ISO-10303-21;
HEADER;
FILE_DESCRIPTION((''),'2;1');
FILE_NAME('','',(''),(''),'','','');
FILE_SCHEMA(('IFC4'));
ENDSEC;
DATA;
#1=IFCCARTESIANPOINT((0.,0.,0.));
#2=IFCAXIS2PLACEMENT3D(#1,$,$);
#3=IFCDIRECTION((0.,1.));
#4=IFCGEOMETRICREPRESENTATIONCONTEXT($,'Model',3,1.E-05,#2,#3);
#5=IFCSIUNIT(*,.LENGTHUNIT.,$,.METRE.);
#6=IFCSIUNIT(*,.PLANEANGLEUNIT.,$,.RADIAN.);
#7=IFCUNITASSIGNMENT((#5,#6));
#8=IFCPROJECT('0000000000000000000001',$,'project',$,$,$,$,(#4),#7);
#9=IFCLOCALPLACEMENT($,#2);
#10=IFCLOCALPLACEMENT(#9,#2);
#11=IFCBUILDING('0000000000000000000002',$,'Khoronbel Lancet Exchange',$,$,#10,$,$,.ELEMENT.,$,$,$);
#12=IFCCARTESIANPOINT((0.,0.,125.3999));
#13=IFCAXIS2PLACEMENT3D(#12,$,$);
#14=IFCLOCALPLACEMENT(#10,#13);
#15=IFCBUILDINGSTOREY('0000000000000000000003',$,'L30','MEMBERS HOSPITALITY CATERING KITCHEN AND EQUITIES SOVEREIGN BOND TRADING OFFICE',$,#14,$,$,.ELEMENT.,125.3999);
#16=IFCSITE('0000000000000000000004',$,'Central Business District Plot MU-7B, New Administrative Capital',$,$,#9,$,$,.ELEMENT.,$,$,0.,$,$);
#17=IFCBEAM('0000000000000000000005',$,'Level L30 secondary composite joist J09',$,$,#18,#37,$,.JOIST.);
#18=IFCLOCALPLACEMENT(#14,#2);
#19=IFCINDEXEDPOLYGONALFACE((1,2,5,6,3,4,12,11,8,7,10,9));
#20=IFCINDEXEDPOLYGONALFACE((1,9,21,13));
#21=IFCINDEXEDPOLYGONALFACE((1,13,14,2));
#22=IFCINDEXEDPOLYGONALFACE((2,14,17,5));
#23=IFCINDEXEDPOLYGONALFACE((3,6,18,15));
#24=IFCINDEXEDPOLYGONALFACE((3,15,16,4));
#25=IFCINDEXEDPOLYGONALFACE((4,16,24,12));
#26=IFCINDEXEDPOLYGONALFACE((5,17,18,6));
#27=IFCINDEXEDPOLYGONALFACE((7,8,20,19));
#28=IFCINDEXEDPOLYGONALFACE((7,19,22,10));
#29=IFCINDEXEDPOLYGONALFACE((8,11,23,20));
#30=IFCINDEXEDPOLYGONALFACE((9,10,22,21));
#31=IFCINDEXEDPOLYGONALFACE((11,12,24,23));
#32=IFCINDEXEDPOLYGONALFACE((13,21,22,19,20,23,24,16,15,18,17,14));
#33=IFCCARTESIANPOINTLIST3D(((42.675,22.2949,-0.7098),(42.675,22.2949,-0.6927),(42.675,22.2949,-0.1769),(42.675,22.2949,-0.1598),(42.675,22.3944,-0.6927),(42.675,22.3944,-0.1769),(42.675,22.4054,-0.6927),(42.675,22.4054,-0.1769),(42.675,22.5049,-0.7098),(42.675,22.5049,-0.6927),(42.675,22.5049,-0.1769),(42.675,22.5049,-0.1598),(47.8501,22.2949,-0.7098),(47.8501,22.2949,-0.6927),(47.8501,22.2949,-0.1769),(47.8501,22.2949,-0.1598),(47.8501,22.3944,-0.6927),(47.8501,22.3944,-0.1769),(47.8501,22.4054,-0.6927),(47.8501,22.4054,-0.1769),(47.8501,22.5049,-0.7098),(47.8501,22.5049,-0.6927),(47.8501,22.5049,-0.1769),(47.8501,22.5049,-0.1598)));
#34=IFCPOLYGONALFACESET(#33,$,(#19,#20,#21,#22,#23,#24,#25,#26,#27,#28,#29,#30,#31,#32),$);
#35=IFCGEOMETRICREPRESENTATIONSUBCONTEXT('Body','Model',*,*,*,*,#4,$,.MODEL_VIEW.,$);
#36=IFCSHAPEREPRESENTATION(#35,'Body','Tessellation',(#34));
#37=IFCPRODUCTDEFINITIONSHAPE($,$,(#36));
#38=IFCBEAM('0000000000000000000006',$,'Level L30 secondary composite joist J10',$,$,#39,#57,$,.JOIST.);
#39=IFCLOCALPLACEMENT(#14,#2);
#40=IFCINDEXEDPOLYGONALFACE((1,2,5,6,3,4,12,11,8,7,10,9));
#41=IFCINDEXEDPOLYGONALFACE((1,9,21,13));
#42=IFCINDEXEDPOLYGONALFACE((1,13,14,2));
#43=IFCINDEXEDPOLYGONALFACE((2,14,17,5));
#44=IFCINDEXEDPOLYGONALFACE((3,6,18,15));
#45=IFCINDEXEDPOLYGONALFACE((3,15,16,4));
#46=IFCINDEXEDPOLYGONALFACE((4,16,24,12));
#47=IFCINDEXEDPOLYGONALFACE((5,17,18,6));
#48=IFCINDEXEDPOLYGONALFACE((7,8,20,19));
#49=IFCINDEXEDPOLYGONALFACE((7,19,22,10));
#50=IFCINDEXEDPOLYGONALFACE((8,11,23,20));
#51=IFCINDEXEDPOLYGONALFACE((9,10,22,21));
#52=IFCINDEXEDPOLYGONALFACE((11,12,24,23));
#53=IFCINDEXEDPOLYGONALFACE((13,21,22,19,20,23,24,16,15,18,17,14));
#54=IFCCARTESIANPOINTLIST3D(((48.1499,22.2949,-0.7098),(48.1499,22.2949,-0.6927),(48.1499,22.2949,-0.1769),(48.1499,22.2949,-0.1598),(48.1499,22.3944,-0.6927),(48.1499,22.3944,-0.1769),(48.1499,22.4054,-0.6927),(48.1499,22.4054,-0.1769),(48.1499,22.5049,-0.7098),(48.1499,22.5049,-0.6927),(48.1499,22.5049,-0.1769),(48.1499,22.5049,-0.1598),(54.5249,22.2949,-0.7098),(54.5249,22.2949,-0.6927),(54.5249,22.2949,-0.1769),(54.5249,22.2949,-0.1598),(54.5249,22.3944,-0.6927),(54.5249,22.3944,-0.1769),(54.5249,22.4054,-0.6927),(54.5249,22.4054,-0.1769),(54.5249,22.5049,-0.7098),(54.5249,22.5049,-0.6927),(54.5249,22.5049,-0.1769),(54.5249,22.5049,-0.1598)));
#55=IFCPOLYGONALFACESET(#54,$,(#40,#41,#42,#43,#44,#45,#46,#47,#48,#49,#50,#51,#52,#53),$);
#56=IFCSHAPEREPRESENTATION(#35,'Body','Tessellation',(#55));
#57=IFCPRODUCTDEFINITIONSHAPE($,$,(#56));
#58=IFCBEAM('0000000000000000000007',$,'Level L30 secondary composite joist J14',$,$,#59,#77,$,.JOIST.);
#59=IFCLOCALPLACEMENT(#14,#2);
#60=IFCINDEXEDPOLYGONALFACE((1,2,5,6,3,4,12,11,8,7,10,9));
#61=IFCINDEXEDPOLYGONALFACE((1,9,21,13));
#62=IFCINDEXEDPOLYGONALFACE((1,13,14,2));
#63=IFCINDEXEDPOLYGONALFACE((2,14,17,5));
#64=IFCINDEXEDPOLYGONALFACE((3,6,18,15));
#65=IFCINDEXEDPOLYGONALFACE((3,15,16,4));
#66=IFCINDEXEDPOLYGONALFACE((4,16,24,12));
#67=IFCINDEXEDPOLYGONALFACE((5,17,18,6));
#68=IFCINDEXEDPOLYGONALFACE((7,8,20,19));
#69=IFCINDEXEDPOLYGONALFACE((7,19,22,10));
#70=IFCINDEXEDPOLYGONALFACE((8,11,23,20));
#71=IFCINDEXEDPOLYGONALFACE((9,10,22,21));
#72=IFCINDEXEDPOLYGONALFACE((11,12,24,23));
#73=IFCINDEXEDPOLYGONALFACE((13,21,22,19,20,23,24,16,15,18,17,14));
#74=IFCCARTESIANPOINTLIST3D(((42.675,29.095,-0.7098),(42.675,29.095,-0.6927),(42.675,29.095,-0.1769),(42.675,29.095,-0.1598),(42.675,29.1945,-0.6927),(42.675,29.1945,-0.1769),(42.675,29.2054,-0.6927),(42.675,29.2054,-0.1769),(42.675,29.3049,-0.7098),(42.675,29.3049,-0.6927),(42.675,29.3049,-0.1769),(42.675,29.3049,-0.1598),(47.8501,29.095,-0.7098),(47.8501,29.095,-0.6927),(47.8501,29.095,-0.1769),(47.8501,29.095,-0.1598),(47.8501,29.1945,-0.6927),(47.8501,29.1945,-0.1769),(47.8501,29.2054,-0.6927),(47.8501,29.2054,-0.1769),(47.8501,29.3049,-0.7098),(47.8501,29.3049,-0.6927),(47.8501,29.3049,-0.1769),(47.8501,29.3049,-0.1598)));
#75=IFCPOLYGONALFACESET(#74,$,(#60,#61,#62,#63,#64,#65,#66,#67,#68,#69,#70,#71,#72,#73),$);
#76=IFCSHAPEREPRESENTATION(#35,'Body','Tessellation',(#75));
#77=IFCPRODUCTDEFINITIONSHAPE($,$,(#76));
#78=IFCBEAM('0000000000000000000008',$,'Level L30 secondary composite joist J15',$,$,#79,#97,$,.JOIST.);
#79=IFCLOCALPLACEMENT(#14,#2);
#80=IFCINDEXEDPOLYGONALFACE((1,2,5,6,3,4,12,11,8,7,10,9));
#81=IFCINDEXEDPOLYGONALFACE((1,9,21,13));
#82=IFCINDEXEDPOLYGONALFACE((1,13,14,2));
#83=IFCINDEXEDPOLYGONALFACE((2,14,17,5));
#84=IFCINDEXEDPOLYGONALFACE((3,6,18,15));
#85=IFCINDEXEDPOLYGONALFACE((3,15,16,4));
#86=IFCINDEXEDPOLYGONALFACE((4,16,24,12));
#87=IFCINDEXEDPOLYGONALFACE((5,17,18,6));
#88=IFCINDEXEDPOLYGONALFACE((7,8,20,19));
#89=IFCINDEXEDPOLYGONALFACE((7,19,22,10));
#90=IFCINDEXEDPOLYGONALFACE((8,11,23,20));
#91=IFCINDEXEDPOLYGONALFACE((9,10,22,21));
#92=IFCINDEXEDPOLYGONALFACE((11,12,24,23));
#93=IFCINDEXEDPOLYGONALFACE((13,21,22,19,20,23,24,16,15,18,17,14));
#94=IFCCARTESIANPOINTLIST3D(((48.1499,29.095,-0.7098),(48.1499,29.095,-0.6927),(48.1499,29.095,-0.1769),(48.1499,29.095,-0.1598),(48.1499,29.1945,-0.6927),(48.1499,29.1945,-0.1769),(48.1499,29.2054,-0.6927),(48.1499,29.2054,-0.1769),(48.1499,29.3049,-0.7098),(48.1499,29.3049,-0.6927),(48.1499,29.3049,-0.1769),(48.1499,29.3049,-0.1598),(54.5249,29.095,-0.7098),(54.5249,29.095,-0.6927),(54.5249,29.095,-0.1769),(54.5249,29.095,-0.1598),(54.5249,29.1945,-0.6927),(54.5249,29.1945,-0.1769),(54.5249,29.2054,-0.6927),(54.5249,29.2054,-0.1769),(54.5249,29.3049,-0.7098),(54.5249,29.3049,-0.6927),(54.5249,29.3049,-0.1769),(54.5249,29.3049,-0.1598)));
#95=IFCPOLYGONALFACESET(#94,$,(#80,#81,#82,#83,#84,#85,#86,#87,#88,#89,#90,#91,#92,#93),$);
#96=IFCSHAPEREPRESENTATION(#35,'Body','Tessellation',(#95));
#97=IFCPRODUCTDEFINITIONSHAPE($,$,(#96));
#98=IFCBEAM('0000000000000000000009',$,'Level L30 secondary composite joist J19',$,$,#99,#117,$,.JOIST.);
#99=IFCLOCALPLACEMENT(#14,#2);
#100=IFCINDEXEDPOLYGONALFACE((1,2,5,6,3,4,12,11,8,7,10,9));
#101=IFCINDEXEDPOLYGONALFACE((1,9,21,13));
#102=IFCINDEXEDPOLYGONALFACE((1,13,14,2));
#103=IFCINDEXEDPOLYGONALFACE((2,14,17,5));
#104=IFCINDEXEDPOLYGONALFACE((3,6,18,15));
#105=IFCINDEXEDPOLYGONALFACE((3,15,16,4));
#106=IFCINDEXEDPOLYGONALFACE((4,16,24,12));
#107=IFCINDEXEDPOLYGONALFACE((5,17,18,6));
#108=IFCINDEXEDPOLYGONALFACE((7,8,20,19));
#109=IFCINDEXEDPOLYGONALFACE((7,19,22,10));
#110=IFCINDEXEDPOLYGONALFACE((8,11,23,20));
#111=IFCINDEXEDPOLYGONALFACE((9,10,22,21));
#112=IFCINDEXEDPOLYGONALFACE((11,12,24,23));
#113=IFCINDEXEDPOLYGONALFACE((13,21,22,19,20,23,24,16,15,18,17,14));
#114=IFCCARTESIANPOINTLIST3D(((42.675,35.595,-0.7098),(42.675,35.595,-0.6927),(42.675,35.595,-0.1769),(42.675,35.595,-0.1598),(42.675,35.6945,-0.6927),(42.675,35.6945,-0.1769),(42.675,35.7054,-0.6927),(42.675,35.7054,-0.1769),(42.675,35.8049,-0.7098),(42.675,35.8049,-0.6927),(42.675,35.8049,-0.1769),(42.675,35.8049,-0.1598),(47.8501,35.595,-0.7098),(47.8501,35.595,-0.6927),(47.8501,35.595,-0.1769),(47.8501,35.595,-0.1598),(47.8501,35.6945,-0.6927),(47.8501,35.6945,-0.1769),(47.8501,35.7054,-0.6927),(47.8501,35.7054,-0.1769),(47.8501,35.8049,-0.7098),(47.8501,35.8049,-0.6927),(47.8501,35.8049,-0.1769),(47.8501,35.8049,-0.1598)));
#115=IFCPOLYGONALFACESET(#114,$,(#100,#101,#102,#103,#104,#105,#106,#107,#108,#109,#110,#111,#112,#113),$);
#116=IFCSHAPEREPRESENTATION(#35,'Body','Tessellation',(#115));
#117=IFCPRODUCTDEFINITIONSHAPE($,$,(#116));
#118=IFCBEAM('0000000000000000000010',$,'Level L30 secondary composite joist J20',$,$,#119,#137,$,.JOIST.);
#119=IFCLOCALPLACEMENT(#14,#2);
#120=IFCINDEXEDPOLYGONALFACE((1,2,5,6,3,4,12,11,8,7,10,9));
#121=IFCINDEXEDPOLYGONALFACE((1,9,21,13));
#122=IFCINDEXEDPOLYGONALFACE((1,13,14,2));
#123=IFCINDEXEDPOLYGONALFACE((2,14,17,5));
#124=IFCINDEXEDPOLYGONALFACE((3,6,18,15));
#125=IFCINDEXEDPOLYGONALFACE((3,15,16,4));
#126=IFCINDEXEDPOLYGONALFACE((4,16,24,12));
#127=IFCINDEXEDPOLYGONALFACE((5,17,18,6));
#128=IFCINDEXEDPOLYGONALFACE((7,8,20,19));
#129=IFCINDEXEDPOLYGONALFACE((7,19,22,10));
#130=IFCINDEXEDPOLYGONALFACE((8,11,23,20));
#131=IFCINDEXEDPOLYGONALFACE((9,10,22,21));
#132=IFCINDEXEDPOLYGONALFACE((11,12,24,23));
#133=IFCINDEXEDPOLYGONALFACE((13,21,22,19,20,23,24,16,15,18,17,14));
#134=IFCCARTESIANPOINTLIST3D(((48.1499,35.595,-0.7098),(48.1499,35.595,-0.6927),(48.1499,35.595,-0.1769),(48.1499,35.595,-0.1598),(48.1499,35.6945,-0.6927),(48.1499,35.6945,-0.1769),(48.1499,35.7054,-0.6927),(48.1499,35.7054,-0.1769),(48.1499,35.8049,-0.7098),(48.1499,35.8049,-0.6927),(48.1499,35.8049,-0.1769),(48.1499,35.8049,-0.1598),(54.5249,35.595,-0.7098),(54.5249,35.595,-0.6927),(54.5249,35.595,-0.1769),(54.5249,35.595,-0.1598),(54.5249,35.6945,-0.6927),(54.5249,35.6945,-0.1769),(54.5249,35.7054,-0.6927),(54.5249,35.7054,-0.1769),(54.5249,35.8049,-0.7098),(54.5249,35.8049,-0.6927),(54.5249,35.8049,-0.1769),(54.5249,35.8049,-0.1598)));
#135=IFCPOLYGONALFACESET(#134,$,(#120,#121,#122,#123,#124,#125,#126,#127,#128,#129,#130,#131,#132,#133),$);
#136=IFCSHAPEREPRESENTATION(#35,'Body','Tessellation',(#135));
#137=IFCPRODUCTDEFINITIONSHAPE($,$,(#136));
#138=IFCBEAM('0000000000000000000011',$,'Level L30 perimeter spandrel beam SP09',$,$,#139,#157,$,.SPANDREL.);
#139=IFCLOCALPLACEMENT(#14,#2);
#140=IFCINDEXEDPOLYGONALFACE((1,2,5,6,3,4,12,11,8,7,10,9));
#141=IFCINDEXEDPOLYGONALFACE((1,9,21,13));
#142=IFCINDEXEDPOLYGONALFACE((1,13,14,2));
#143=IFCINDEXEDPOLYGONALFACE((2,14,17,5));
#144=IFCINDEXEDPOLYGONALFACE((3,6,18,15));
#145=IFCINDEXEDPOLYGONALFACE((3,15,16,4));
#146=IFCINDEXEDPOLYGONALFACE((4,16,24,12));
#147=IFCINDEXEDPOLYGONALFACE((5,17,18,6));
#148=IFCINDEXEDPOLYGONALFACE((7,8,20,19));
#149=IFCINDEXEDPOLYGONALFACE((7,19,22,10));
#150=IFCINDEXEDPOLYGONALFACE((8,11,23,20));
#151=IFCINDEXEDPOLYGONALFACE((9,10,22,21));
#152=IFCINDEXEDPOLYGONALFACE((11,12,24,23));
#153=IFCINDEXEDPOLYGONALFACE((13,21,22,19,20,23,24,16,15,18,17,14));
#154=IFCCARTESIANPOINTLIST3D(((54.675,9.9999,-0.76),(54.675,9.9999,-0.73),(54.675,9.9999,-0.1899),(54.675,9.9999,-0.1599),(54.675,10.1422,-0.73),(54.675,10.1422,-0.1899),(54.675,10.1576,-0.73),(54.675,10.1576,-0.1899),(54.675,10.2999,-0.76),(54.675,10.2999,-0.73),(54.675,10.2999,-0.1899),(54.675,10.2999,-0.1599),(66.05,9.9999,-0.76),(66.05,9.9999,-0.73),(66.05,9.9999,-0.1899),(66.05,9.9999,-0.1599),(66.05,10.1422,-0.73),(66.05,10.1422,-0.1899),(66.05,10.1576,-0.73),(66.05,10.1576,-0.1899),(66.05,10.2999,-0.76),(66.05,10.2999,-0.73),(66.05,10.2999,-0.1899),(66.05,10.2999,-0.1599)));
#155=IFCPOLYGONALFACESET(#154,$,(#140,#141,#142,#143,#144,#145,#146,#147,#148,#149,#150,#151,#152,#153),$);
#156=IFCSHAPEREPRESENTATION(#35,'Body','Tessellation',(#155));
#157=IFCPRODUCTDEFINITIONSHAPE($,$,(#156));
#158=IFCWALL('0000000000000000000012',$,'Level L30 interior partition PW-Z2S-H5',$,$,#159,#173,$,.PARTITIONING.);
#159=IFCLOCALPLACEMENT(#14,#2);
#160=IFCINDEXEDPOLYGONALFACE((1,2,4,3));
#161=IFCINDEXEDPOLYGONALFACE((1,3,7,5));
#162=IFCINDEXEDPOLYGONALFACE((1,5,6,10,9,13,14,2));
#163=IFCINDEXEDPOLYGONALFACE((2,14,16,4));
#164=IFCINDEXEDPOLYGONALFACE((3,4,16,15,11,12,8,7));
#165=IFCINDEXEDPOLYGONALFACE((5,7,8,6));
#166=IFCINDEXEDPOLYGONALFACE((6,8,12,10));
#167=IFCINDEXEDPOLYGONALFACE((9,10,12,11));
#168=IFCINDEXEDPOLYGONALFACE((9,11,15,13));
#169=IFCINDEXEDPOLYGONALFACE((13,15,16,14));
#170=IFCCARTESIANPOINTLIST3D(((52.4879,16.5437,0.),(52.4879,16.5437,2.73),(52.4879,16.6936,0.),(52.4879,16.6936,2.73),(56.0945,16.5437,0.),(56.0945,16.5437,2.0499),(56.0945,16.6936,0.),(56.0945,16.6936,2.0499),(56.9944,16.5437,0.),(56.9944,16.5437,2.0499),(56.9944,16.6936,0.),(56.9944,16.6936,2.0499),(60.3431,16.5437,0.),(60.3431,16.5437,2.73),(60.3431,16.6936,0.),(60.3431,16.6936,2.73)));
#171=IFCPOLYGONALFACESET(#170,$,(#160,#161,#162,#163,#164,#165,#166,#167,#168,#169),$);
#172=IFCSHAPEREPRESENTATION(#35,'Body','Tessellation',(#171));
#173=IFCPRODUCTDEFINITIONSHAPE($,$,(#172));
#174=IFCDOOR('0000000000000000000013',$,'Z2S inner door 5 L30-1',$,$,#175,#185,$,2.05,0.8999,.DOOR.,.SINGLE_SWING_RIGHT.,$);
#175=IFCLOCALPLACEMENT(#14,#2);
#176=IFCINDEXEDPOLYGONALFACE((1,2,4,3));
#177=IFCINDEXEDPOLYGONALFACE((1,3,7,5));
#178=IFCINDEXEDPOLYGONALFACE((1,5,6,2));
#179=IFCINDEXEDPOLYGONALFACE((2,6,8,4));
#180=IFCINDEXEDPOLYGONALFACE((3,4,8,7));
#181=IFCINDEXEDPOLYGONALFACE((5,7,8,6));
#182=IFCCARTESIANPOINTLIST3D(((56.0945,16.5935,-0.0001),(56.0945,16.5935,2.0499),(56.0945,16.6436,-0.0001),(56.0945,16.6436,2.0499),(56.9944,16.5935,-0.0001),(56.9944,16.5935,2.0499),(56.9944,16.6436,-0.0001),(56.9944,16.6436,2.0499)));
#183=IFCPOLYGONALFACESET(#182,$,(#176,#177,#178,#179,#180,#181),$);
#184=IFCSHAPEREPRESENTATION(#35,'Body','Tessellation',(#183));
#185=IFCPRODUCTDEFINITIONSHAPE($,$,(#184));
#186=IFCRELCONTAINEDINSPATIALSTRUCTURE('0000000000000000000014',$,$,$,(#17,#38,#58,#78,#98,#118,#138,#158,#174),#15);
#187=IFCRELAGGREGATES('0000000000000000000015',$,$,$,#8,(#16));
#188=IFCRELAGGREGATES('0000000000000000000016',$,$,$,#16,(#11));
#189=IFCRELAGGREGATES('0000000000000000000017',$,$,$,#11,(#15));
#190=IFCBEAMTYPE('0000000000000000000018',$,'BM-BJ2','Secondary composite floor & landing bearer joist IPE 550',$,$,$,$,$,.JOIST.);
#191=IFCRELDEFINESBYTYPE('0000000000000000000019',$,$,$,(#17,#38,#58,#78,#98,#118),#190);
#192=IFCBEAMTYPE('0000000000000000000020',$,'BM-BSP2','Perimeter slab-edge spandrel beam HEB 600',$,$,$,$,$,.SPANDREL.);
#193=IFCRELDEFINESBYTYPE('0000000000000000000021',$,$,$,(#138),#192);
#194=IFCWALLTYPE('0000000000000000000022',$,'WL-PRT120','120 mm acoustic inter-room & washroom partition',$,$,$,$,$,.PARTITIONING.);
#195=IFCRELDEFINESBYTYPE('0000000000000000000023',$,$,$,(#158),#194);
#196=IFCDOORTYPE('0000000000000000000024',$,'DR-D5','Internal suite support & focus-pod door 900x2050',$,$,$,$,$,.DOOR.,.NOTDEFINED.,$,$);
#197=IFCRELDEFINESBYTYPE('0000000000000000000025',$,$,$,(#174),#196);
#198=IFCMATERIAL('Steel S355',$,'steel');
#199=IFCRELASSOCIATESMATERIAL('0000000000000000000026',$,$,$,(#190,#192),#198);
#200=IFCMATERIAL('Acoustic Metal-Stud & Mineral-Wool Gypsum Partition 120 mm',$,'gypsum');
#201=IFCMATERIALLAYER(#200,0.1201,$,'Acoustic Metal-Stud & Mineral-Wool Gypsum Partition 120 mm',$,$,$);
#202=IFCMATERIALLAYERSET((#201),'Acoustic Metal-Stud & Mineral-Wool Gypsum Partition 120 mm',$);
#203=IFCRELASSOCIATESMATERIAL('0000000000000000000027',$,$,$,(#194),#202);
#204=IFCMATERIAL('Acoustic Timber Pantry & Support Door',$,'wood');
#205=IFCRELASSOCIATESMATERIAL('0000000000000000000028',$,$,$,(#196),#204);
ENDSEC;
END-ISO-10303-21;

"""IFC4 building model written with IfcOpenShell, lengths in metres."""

from ifc_helpers import new_model, si_unit, direction, frame, frame_2d, origin, origin_2d, place, context, subcontext, project, spatial, rectangle, i_section, extrude, material, layer, layer_set, material_profile, profile_set, type_object, element, fill, save


model = new_model("IFC4")

# Units and contexts
model_context = context("Model", 3, precision=1e-05, world=origin(), true_north=direction((0.0, 1.0)))
body_context = subcontext(model_context, "Body", "Model", "MODEL_VIEW")
ifc_project = project(units=[si_unit("LENGTHUNIT", "METRE"), si_unit("PLANEANGLEUNIT", "RADIAN")], contexts=[model_context])

# Site, building, storey
site_placement = place(None, origin())
site = spatial("IfcSite", under=ifc_project, at=site_placement, Name="Central Business District Plot MU-7B, New Administrative Capital", CompositionType="ELEMENT", RefElevation=0.0)
building_placement = place(site_placement, origin())
building = spatial("IfcBuilding", under=site, at=building_placement, Name="Khoronbel Lancet Exchange", CompositionType="ELEMENT")
storey_placement = place(building_placement, frame((0.0, 0.0, 125.3999)))
storey = spatial("IfcBuildingStorey", under=building, at=storey_placement, Name="L30", Description="MEMBERS HOSPITALITY CATERING KITCHEN AND EQUITIES SOVEREIGN BOND TRADING OFFICE", CompositionType="ELEMENT", Elevation=125.3999)

# Beams
ifc_material_1 = material(Name="Steel S355", Category="steel")
ifc_material_profile_1 = material_profile(ifc_material_1, i_section(OverallWidth=0.21, OverallDepth=0.55, WebThickness=0.011, FlangeThickness=0.0171, at=origin_2d()), Name="IPE 550")
ifc_profile_set_1 = profile_set([ifc_material_profile_1], Name="Steel S355")
beam_type_1 = type_object("IfcBeamType", Name="BM-BJ2", Description="Secondary composite floor & landing bearer joist IPE 550", PredefinedType="JOIST", material=ifc_profile_set_1)
beam_1_placement = place(storey_placement, frame((42.675, 22.3999, -0.4348), z_axis=(1.0, 0.0, 0.0), x_axis=(0.0, 1.0, 0.0)))
element("IfcBeam", 1, at=beam_1_placement, inside=storey, type_object=beam_type_1, Name="Level L30 secondary composite joist J09", PredefinedType="JOIST", context=body_context, shape_type="SweptSolid", body=[
    extrude(i_section(OverallWidth=0.21, OverallDepth=0.55, WebThickness=0.011, FlangeThickness=0.0171, at=origin_2d()), origin(), (0.0, 0.0, 1.0), 5.175),
])
beam_2_placement = place(storey_placement, frame((48.1499, 22.3999, -0.4348), z_axis=(1.0, 0.0, 0.0), x_axis=(0.0, 1.0, 0.0)))
element("IfcBeam", 2, at=beam_2_placement, inside=storey, type_object=beam_type_1, Name="Level L30 secondary composite joist J10", PredefinedType="JOIST", context=body_context, shape_type="SweptSolid", body=[
    extrude(i_section(OverallWidth=0.21, OverallDepth=0.55, WebThickness=0.011, FlangeThickness=0.0171, at=origin_2d()), origin(), (0.0, 0.0, 1.0), 6.375),
])
beam_3_placement = place(storey_placement, frame((42.675, 29.2, -0.4348), z_axis=(1.0, 0.0, 0.0), x_axis=(0.0, 1.0, 0.0)))
element("IfcBeam", 3, at=beam_3_placement, inside=storey, type_object=beam_type_1, Name="Level L30 secondary composite joist J14", PredefinedType="JOIST", context=body_context, shape_type="SweptSolid", body=[
    extrude(i_section(OverallWidth=0.21, OverallDepth=0.55, WebThickness=0.011, FlangeThickness=0.0171, at=origin_2d()), origin(), (0.0, 0.0, 1.0), 5.175),
])
beam_4_placement = place(storey_placement, frame((48.1499, 29.2, -0.4348), z_axis=(1.0, 0.0, 0.0), x_axis=(0.0, 1.0, 0.0)))
element("IfcBeam", 4, at=beam_4_placement, inside=storey, type_object=beam_type_1, Name="Level L30 secondary composite joist J15", PredefinedType="JOIST", context=body_context, shape_type="SweptSolid", body=[
    extrude(i_section(OverallWidth=0.21, OverallDepth=0.55, WebThickness=0.011, FlangeThickness=0.0171, at=origin_2d()), origin(), (0.0, 0.0, 1.0), 6.375),
])
beam_5_placement = place(storey_placement, frame((42.675, 35.7, -0.4348), z_axis=(1.0, 0.0, 0.0), x_axis=(0.0, 1.0, 0.0)))
element("IfcBeam", 5, at=beam_5_placement, inside=storey, type_object=beam_type_1, Name="Level L30 secondary composite joist J19", PredefinedType="JOIST", context=body_context, shape_type="SweptSolid", body=[
    extrude(i_section(OverallWidth=0.21, OverallDepth=0.55, WebThickness=0.011, FlangeThickness=0.0171, at=origin_2d()), origin(), (0.0, 0.0, 1.0), 5.175),
])
beam_6_placement = place(storey_placement, frame((48.1499, 35.7, -0.4348), z_axis=(1.0, 0.0, 0.0), x_axis=(0.0, 1.0, 0.0)))
element("IfcBeam", 6, at=beam_6_placement, inside=storey, type_object=beam_type_1, Name="Level L30 secondary composite joist J20", PredefinedType="JOIST", context=body_context, shape_type="SweptSolid", body=[
    extrude(i_section(OverallWidth=0.21, OverallDepth=0.55, WebThickness=0.011, FlangeThickness=0.0171, at=origin_2d()), origin(), (0.0, 0.0, 1.0), 6.375),
])
ifc_material_profile_2 = material_profile(ifc_material_1, i_section(OverallWidth=0.3, OverallDepth=0.6001, WebThickness=0.0154, FlangeThickness=0.03, at=origin_2d()), Name="HEB 600")
ifc_profile_set_2 = profile_set([ifc_material_profile_2], Name="Steel S355")
beam_type_2 = type_object("IfcBeamType", Name="BM-BSP2", Description="Perimeter slab-edge spandrel beam HEB 600", PredefinedType="SPANDREL", material=ifc_profile_set_2)
beam_7_placement = place(storey_placement, frame((54.675, 10.1499, -0.46), z_axis=(1.0, 0.0, 0.0), x_axis=(0.0, 1.0, 0.0)))
element("IfcBeam", 7, at=beam_7_placement, inside=storey, type_object=beam_type_2, Name="Level L30 perimeter spandrel beam SP09", PredefinedType="SPANDREL", context=body_context, shape_type="SweptSolid", body=[
    extrude(i_section(OverallWidth=0.3, OverallDepth=0.6001, WebThickness=0.0154, FlangeThickness=0.03, at=origin_2d()), origin(), (0.0, 0.0, 1.0), 11.375),
])

# Wall, opening, door
ifc_material_2 = material(Name="Acoustic Metal-Stud & Mineral-Wool Gypsum Partition 120 mm", Category="gypsum")
ifc_layer_1 = layer(ifc_material_2, 0.1201, Name="Acoustic Metal-Stud & Mineral-Wool Gypsum Partition 120 mm")
ifc_layer_set_1 = layer_set([ifc_layer_1], Name="Acoustic Metal-Stud & Mineral-Wool Gypsum Partition 120 mm")
wall_type_1 = type_object("IfcWallType", Name="WL-PRT120", Description="120 mm acoustic inter-room & washroom partition", PredefinedType="PARTITIONING", material=ifc_layer_set_1)
wall_1_placement = place(storey_placement, frame((52.4878, 16.6187, 0.0), z_axis=(0.0, 0.0, 1.0), x_axis=(1.0, 0.0, 0.0)))
wall_1 = element("IfcWall", 8, at=wall_1_placement, inside=storey, type_object=wall_type_1, Name="Level L30 interior partition PW-Z2S-H5", PredefinedType="PARTITIONING", context=body_context, shape_type="SweptSolid", body=[
    extrude(rectangle(XDim=7.8552, YDim=0.1499, at=frame_2d((3.9277, 0.0))), origin(), (0.0, 0.0, 1.0), 2.73),
])
opening_1_placement = place(wall_1_placement, frame((3.6067, 0.0, 0.0)))
opening_1 = element("IfcOpeningElement", 9, at=opening_1_placement, cuts=wall_1, PredefinedType="OPENING", context=body_context, shape_type="SweptSolid", body=[
    extrude(rectangle(XDim=0.8999, YDim=2.05, at=frame_2d((0.45, 1.0249))), frame((0.0, 0.085, 0.0), z_axis=(0.0, -1.0, 0.0), x_axis=(1.0, 0.0, 0.0)), (0.0, 0.0, 1.0), 0.1699),
])
ifc_material_3 = material(Name="Acoustic Timber Pantry & Support Door", Category="wood")
door_type_1 = type_object("IfcDoorType", Name="DR-D5", Description="Internal suite support & focus-pod door 900x2050", OperationType="NOTDEFINED", PredefinedType="DOOR", material=ifc_material_3)
door_1_placement = place(opening_1_placement, origin())
door_1 = element("IfcDoor", 10, at=door_1_placement, inside=storey, type_object=door_type_1, Name="Z2S inner door 5 L30-1", OperationType="SINGLE_SWING_RIGHT", OverallHeight=2.05, OverallWidth=0.8999, PredefinedType="DOOR", context=body_context, shape_type="SweptSolid", body=[
    extrude(rectangle(XDim=0.8999, YDim=2.05, at=frame_2d((0.45, 1.0249))), frame((0.0, 0.0249, 0.0), z_axis=(0.0, -1.0, 0.0), x_axis=(1.0, 0.0, 0.0)), (0.0, 0.0, 1.0), 0.05),
])
fill(opening_1, door_1)

save(model, "model.ifc")
